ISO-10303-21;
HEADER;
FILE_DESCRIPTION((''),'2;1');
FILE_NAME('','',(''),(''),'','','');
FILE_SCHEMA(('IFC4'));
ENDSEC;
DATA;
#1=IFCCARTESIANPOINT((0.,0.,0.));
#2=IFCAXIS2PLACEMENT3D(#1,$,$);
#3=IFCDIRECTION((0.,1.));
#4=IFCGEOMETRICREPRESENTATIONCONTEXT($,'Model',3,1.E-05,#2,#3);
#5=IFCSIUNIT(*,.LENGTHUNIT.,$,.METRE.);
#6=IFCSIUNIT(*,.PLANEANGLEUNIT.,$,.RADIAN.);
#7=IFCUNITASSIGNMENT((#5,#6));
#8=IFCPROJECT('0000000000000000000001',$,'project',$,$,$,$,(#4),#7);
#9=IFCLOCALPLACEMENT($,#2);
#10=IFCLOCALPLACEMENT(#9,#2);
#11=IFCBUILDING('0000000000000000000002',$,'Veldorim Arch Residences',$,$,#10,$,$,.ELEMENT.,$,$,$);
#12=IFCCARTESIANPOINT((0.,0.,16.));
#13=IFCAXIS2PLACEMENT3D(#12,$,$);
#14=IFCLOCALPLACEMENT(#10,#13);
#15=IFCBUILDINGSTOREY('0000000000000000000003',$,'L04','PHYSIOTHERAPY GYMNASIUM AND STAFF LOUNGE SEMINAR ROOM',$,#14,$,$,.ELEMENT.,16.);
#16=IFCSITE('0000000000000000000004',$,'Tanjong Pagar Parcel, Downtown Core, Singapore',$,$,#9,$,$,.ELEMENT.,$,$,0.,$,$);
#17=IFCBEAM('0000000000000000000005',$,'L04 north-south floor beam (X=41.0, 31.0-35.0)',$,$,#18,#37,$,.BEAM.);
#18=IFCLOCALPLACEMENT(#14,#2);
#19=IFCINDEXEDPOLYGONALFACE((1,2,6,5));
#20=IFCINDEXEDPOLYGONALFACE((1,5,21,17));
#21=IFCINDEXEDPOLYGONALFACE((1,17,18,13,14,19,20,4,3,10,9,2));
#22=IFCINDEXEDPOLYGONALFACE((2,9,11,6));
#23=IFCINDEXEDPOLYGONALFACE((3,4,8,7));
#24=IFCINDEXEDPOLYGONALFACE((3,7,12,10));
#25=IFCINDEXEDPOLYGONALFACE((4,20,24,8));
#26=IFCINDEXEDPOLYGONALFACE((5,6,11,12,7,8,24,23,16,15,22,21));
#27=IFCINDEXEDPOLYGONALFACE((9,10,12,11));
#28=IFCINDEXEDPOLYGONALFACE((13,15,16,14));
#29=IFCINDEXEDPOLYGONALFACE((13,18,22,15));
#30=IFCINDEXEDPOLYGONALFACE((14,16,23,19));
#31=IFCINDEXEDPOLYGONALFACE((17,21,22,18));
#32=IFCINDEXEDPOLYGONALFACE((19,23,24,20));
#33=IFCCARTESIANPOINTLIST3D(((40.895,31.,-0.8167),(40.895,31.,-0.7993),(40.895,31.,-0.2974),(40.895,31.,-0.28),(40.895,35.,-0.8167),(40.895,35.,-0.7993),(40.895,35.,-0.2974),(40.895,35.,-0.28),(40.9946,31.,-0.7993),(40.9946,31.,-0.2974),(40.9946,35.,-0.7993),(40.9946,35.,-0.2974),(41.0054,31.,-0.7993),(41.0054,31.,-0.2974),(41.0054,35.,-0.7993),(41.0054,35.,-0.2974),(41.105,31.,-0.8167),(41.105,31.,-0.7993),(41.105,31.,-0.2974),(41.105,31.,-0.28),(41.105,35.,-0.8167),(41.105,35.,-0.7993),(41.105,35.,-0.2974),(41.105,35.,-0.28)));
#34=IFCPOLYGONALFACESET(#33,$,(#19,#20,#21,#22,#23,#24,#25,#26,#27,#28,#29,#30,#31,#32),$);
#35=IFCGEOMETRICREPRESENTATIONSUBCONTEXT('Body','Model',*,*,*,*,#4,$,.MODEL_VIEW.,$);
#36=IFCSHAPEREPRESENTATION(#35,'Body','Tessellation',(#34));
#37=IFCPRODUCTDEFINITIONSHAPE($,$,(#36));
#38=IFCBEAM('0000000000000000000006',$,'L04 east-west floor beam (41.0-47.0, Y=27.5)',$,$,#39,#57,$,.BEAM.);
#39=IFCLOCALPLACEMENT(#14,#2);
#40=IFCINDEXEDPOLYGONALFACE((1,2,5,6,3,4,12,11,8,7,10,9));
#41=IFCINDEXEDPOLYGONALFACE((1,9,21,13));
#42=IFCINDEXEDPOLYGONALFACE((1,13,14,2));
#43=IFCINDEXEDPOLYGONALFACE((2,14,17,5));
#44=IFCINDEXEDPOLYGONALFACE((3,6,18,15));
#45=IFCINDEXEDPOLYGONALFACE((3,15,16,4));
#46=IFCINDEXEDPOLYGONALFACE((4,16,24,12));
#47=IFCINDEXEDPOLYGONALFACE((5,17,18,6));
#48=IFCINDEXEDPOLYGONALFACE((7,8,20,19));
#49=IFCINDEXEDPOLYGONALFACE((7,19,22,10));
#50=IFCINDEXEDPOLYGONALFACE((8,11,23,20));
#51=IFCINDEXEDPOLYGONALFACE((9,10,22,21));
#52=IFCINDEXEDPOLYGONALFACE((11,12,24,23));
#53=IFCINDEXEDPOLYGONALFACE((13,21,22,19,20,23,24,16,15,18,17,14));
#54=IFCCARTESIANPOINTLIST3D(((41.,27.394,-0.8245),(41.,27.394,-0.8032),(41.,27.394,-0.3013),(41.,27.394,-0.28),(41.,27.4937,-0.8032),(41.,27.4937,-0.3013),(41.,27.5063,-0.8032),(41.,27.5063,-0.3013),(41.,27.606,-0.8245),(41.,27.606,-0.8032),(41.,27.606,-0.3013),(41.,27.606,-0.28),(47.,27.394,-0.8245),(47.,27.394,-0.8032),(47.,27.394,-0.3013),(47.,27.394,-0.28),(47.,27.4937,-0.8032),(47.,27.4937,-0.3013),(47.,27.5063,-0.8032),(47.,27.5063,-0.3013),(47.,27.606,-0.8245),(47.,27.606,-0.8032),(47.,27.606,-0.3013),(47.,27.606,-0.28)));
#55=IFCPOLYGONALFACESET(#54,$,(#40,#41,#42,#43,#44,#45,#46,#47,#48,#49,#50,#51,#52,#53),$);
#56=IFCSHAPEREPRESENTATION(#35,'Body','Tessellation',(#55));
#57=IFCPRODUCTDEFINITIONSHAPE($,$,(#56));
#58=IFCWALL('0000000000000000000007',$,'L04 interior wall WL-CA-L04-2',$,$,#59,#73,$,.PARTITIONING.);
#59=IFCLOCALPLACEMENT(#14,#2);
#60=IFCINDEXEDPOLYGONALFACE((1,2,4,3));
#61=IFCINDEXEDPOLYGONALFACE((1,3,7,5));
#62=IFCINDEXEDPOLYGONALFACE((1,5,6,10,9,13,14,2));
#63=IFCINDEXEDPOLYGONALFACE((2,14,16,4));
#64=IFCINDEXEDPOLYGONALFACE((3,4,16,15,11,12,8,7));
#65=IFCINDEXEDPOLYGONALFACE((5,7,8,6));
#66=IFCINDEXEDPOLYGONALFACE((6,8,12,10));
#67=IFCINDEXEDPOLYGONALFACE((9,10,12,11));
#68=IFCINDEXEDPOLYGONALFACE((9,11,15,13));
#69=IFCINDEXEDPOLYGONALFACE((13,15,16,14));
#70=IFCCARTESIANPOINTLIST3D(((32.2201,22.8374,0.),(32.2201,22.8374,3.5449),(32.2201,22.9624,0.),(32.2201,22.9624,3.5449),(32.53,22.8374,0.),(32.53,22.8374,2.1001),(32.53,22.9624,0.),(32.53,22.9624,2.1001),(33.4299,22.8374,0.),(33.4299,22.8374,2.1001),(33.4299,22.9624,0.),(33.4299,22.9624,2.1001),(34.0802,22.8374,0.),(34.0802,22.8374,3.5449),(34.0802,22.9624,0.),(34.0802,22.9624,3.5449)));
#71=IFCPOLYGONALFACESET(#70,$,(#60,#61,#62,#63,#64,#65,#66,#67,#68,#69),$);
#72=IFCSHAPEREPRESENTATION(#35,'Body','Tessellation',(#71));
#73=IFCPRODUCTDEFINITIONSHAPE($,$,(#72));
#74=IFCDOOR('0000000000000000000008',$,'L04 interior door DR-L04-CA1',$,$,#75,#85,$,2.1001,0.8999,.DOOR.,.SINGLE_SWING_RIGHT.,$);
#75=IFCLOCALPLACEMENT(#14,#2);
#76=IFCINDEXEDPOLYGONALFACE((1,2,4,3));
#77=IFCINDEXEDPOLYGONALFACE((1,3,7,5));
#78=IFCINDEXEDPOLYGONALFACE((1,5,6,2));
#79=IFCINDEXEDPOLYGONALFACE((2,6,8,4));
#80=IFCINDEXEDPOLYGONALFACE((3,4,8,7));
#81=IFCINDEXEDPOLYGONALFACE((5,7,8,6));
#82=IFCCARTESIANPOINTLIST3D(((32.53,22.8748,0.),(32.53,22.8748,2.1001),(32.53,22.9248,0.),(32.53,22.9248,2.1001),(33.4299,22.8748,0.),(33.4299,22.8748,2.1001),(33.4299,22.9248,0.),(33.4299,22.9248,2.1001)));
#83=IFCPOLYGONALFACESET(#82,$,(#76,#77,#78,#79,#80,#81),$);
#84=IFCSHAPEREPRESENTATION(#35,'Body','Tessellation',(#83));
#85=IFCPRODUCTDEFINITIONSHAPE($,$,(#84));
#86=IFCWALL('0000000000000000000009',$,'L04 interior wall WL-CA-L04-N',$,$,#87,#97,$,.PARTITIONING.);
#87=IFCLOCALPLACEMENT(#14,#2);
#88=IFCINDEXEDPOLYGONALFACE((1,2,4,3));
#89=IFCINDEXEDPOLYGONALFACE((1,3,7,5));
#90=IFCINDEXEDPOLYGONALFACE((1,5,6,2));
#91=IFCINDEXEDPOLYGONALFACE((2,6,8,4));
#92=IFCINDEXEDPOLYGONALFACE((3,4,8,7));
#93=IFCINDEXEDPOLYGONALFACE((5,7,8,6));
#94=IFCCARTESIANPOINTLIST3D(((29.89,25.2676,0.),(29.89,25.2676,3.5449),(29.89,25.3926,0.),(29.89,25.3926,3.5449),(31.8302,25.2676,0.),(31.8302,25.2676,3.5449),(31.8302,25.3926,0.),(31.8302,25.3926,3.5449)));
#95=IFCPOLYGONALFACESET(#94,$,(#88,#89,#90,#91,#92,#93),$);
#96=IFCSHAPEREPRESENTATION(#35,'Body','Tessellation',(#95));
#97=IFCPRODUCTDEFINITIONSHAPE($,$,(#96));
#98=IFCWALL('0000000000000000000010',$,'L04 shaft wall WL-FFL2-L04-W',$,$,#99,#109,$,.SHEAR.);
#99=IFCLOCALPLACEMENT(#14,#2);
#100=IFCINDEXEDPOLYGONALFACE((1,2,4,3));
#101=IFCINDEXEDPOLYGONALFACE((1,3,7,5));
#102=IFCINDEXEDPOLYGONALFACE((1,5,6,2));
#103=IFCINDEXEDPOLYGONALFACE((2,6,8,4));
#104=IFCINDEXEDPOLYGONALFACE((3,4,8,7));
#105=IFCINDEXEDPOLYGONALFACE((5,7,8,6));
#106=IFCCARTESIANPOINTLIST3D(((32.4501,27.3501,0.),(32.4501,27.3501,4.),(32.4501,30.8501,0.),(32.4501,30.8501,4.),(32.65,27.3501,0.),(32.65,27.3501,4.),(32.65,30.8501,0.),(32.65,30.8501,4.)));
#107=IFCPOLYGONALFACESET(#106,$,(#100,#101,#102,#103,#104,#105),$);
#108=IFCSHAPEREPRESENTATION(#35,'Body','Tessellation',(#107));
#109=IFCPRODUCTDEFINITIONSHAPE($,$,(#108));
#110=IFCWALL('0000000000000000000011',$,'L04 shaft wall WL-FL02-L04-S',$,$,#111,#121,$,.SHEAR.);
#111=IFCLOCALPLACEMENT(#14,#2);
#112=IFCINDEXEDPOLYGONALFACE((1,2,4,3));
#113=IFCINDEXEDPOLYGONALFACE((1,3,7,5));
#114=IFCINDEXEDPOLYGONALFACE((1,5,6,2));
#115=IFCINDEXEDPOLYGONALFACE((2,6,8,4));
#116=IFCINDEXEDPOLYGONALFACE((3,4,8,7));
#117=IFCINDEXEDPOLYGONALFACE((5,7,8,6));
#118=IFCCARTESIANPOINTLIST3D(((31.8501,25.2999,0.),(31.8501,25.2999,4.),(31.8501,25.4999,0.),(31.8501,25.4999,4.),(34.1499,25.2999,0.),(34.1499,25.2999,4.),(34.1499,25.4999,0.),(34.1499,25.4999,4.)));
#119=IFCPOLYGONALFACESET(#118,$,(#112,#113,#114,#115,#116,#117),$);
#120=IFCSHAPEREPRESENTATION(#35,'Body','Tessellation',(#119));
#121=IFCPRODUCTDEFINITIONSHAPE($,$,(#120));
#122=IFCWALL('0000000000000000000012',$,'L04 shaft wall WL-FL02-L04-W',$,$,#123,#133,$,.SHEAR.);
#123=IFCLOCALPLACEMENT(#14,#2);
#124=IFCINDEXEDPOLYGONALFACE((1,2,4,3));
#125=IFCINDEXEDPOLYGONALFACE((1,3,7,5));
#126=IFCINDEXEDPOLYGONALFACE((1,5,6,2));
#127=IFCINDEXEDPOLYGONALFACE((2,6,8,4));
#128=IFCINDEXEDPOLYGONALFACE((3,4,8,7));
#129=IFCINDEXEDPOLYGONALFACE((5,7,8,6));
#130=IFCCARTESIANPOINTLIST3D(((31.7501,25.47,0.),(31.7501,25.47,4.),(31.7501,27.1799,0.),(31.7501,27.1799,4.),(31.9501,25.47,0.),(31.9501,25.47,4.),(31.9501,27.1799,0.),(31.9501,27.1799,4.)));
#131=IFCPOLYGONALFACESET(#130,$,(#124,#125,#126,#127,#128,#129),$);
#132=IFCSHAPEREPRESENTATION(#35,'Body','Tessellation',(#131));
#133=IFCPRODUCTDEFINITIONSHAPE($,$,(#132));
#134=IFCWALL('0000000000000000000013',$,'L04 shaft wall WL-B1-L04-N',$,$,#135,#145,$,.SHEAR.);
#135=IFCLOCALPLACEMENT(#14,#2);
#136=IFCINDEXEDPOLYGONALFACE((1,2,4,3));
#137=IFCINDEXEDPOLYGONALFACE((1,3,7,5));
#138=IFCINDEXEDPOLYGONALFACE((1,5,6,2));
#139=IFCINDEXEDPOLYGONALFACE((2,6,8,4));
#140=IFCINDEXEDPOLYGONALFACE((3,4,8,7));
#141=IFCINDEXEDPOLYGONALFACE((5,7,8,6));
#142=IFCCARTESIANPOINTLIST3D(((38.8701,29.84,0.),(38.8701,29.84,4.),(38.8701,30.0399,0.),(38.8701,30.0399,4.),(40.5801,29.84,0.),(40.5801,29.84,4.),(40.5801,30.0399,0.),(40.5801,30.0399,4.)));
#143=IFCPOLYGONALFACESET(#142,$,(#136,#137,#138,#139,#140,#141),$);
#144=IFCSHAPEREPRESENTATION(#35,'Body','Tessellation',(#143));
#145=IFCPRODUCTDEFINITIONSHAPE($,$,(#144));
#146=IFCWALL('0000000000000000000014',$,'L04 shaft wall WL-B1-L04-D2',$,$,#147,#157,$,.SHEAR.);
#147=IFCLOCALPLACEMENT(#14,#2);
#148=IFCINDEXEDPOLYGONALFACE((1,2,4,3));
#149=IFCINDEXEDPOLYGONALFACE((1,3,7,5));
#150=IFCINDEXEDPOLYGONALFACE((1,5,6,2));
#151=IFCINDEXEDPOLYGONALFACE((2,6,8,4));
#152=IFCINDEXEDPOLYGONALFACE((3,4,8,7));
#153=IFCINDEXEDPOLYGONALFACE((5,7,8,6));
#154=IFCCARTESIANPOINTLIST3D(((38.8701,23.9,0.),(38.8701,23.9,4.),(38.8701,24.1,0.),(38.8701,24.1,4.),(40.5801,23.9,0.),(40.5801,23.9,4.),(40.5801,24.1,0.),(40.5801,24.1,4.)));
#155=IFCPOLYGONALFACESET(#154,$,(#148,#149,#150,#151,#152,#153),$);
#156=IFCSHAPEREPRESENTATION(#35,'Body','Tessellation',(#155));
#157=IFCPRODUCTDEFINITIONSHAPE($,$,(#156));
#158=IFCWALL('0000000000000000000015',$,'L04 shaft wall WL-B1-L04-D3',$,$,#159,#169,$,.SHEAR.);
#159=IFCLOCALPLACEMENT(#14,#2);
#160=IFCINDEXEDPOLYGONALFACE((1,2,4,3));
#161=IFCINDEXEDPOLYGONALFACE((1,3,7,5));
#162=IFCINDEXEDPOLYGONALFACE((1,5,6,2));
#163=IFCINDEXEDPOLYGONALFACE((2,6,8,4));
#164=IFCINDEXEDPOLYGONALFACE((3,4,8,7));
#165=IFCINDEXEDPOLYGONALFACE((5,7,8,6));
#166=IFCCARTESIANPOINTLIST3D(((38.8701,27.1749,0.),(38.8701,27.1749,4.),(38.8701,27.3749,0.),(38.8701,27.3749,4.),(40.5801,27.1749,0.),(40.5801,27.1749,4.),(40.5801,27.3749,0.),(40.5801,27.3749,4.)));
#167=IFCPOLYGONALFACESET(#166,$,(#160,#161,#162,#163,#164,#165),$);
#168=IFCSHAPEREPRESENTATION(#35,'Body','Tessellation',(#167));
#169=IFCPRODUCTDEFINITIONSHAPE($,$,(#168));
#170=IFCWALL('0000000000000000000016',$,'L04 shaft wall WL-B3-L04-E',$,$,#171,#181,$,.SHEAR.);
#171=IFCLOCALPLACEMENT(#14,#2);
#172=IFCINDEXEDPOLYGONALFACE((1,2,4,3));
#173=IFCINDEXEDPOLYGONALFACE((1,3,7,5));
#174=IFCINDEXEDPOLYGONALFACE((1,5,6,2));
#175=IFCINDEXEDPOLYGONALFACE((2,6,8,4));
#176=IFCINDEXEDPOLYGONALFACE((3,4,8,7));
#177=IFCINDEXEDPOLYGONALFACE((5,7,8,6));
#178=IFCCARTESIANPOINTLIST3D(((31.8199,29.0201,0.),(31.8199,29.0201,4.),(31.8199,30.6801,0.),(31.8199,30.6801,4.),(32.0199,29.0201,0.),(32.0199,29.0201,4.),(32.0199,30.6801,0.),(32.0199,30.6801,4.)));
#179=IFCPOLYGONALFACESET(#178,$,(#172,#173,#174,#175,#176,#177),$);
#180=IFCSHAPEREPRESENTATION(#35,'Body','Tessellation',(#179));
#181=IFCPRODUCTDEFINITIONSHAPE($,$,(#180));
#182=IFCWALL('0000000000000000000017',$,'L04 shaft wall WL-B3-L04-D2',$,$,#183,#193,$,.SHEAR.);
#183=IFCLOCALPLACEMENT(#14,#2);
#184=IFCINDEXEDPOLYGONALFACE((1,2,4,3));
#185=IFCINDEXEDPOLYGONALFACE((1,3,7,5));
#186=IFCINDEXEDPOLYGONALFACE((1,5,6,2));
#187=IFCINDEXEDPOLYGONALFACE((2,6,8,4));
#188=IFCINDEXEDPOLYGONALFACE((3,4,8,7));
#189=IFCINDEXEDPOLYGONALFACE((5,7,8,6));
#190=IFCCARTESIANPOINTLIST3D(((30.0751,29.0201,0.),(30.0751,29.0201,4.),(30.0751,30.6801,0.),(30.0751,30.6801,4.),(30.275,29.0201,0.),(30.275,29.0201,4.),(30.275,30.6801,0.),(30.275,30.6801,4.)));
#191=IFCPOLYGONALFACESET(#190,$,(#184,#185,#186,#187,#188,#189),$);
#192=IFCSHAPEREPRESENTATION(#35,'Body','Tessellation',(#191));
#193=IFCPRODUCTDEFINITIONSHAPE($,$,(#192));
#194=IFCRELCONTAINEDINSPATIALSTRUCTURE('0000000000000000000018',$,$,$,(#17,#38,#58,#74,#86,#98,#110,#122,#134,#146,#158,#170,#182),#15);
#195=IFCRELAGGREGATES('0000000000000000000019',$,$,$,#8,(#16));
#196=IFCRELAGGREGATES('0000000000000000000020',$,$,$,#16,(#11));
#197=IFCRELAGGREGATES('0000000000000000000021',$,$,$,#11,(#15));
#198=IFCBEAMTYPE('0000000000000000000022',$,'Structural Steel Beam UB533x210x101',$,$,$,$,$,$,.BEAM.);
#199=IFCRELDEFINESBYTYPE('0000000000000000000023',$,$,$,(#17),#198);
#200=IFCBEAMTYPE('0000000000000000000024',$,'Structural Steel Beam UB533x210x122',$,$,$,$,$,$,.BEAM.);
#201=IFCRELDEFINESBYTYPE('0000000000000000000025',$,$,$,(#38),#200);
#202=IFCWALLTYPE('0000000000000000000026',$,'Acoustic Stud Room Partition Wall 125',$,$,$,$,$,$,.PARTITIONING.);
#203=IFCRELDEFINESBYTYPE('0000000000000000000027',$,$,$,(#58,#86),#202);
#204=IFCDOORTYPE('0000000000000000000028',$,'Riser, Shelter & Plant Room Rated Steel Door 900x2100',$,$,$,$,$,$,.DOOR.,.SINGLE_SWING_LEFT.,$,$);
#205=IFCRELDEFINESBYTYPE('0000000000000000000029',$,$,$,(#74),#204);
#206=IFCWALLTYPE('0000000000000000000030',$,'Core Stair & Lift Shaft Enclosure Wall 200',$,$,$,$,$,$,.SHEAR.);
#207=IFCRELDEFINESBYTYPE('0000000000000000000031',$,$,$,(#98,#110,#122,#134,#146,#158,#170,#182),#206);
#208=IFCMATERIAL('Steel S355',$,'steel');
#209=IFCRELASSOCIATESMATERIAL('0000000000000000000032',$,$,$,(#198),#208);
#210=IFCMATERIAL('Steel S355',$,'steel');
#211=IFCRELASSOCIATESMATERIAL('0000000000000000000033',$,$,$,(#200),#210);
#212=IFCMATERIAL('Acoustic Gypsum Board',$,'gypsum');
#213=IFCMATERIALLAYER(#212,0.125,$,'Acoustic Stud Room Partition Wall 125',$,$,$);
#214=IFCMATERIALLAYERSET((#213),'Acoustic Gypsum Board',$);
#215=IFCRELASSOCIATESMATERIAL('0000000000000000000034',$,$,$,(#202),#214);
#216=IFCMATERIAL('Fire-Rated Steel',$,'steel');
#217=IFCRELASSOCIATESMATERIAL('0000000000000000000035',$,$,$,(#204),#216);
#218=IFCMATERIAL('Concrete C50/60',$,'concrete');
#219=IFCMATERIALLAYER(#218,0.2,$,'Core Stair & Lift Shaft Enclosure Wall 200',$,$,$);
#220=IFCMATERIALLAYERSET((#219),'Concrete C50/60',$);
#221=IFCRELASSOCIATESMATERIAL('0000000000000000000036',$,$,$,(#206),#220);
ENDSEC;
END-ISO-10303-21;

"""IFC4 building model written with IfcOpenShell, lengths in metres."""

from ifc_helpers import new_model, si_unit, direction, frame, frame_2d, origin, origin_2d, place, context, subcontext, project, spatial, rectangle, i_section, extrude, material, layer, layer_set, material_profile, profile_set, type_object, element, fill, save


model = new_model("IFC4")

# Units and contexts
model_context = context("Model", 3, precision=1e-05, world=origin(), true_north=direction((0.0, 1.0)))
body_context = subcontext(model_context, "Body", "Model", "MODEL_VIEW")
ifc_project = project(units=[si_unit("LENGTHUNIT", "METRE"), si_unit("PLANEANGLEUNIT", "RADIAN")], contexts=[model_context])

# Site, building, storey
site_placement = place(None, origin())
site = spatial("IfcSite", under=ifc_project, at=site_placement, Name="Tanjong Pagar Parcel, Downtown Core, Singapore", CompositionType="ELEMENT", RefElevation=0.0)
building_placement = place(site_placement, origin())
building = spatial("IfcBuilding", under=site, at=building_placement, Name="Veldorim Arch Residences", CompositionType="ELEMENT")
storey_placement = place(building_placement, frame((0.0, 0.0, 16.0)))
storey = spatial("IfcBuildingStorey", under=building, at=storey_placement, Name="L04", Description="PHYSIOTHERAPY GYMNASIUM AND STAFF LOUNGE SEMINAR ROOM", CompositionType="ELEMENT", Elevation=16.0)

# Beams
ifc_material_1 = material(Name="Steel S355", Category="steel")
ifc_material_profile_1 = material_profile(ifc_material_1, i_section(OverallWidth=0.21, OverallDepth=0.5366, WebThickness=0.0107, FlangeThickness=0.0173, at=origin_2d()), Name="UB533x210x101")
ifc_profile_set_1 = profile_set([ifc_material_profile_1], Name="Steel S355")
beam_type_1 = type_object("IfcBeamType", Name="Structural Steel Beam UB533x210x101", PredefinedType="BEAM", material=ifc_profile_set_1)
beam_1_placement = place(storey_placement, frame((41.0, 31.0, -0.5483), z_axis=(0.0, 1.0, 0.0), x_axis=(-1.0, 0.0, 0.0)))
element("IfcBeam", 1, at=beam_1_placement, inside=storey, type_object=beam_type_1, Name="L04 north-south floor beam (X=41.0, 31.0-35.0)", PredefinedType="BEAM", context=body_context, shape_type="SweptSolid", body=[
    extrude(i_section(OverallWidth=0.21, OverallDepth=0.5366, WebThickness=0.0107, FlangeThickness=0.0173, at=origin_2d()), origin(), (0.0, 0.0, 1.0), 4.0),
])
ifc_material_2 = material(Name="Steel S355", Category="steel")
ifc_material_profile_2 = material_profile(ifc_material_2, i_section(OverallWidth=0.2119, OverallDepth=0.5444, WebThickness=0.0127, FlangeThickness=0.0212, at=origin_2d()), Name="UB533x210x122")
ifc_profile_set_2 = profile_set([ifc_material_profile_2], Name="Steel S355")
beam_type_2 = type_object("IfcBeamType", Name="Structural Steel Beam UB533x210x122", PredefinedType="BEAM", material=ifc_profile_set_2)
beam_2_placement = place(storey_placement, frame((41.0, 27.5, -0.5522), z_axis=(1.0, 0.0, 0.0), x_axis=(0.0, 1.0, 0.0)))
element("IfcBeam", 2, at=beam_2_placement, inside=storey, type_object=beam_type_2, Name="L04 east-west floor beam (41.0-47.0, Y=27.5)", PredefinedType="BEAM", context=body_context, shape_type="SweptSolid", body=[
    extrude(i_section(OverallWidth=0.2119, OverallDepth=0.5444, WebThickness=0.0127, FlangeThickness=0.0212, at=origin_2d()), origin(), (0.0, 0.0, 1.0), 6.0),
])

# Wall, opening, door
ifc_material_3 = material(Name="Acoustic Gypsum Board", Category="gypsum")
ifc_layer_1 = layer(ifc_material_3, 0.125, Name="Acoustic Stud Room Partition Wall 125")
ifc_layer_set_1 = layer_set([ifc_layer_1], Name="Acoustic Gypsum Board")
wall_type_1 = type_object("IfcWallType", Name="Acoustic Stud Room Partition Wall 125", PredefinedType="PARTITIONING", material=ifc_layer_set_1)
wall_1_placement = place(storey_placement, frame((32.22, 22.8999, 0.0), z_axis=(0.0, 0.0, 1.0), x_axis=(1.0, 0.0, 0.0)))
wall_1 = element("IfcWall", 3, at=wall_1_placement, inside=storey, type_object=wall_type_1, Name="L04 interior wall WL-CA-L04-2", PredefinedType="PARTITIONING", context=body_context, shape_type="SweptSolid", body=[
    extrude(rectangle(XDim=1.8601, YDim=0.125, at=frame_2d((0.9302, 0.0))), origin(), (0.0, 0.0, 1.0), 3.5449),
])
opening_1_placement = place(wall_1_placement, frame((0.3101, 0.0, 0.0)))
opening_1 = element("IfcOpeningElement", 4, at=opening_1_placement, cuts=wall_1, PredefinedType="OPENING", context=body_context, shape_type="SweptSolid", body=[
    extrude(rectangle(XDim=0.8999, YDim=2.1001, at=frame_2d((0.45, 1.05))), frame((0.0, 0.0725, 0.0), z_axis=(0.0, -1.0, 0.0), x_axis=(1.0, 0.0, 0.0)), (0.0, 0.0, 1.0), 0.145),
])
ifc_material_4 = material(Name="Fire-Rated Steel", Category="steel")
door_type_1 = type_object("IfcDoorType", Name="Riser, Shelter & Plant Room Rated Steel Door 900x2100", OperationType="SINGLE_SWING_LEFT", PredefinedType="DOOR", material=ifc_material_4)
door_1_placement = place(opening_1_placement, origin())
door_1 = element("IfcDoor", 5, at=door_1_placement, inside=storey, type_object=door_type_1, Name="L04 interior door DR-L04-CA1", OperationType="SINGLE_SWING_RIGHT", OverallHeight=2.1001, OverallWidth=0.8999, PredefinedType="DOOR", context=body_context, shape_type="SweptSolid", body=[
    extrude(rectangle(XDim=0.8999, YDim=2.1001, at=frame_2d((0.45, 1.05))), frame((0.0, 0.0249, 0.0), z_axis=(0.0, -1.0, 0.0), x_axis=(1.0, 0.0, 0.0)), (0.0, 0.0, 1.0), 0.05),
])
fill(opening_1, door_1)

# Wall
wall_2_placement = place(storey_placement, frame((29.8899, 25.3301, 0.0), z_axis=(0.0, 0.0, 1.0), x_axis=(1.0, 0.0, 0.0)))
element("IfcWall", 6, at=wall_2_placement, inside=storey, type_object=wall_type_1, Name="L04 interior wall WL-CA-L04-N", PredefinedType="PARTITIONING", context=body_context, shape_type="SweptSolid", body=[
    extrude(rectangle(XDim=1.9402, YDim=0.125, at=frame_2d((0.9702, 0.0))), origin(), (0.0, 0.0, 1.0), 3.5449),
])

# Shared definitions
ifc_material_5 = material(Name="Concrete C50/60", Category="concrete")
ifc_layer_2 = layer(ifc_material_5, 0.2, Name="Core Stair & Lift Shaft Enclosure Wall 200")
ifc_layer_set_2 = layer_set([ifc_layer_2], Name="Concrete C50/60")
wall_type_2 = type_object("IfcWallType", Name="Core Stair & Lift Shaft Enclosure Wall 200", PredefinedType="SHEAR", material=ifc_layer_set_2)

# Wall
wall_3_placement = place(storey_placement, frame((32.55, 27.3501, 0.0), z_axis=(0.0, 0.0, 1.0), x_axis=(0.0, 1.0, 0.0)))
element("IfcWall", 7, at=wall_3_placement, inside=storey, type_object=wall_type_2, Name="L04 shaft wall WL-FFL2-L04-W", PredefinedType="SHEAR", context=body_context, shape_type="SweptSolid", body=[
    extrude(rectangle(XDim=3.5, YDim=0.2, at=frame_2d((1.75, 0.0))), origin(), (0.0, 0.0, 1.0), 4.0),
])

# Walls
wall_4_placement = place(storey_placement, frame((31.8501, 25.3999, 0.0), z_axis=(0.0, 0.0, 1.0), x_axis=(1.0, 0.0, 0.0)))
element("IfcWall", 8, at=wall_4_placement, inside=storey, type_object=wall_type_2, Name="L04 shaft wall WL-FL02-L04-S", PredefinedType="SHEAR", context=body_context, shape_type="SweptSolid", body=[
    extrude(rectangle(XDim=2.2998, YDim=0.2, at=frame_2d((1.1499, 0.0))), origin(), (0.0, 0.0, 1.0), 4.0),
])
for number, where, z_axis, x_axis, name in (
    (9, (31.8501, 25.47, 0.0), (0.0, 0.0, 1.0), (0.0, 1.0, 0.0), "L04 shaft wall WL-FL02-L04-W"),
    (10, (38.8701, 29.9399, 0.0), (0.0, 0.0, 1.0), (1.0, 0.0, 0.0), "L04 shaft wall WL-B1-L04-N"),
    (11, (38.8701, 24.0, 0.0), (0.0, 0.0, 1.0), (1.0, 0.0, 0.0), "L04 shaft wall WL-B1-L04-D2"),
    (12, (38.8701, 27.2749, 0.0), (0.0, 0.0, 1.0), (1.0, 0.0, 0.0), "L04 shaft wall WL-B1-L04-D3"),
):
    element("IfcWall", number, at=place(storey_placement, frame(where, z_axis=z_axis, x_axis=x_axis)), inside=storey, type_object=wall_type_2, Name=name, PredefinedType="SHEAR", context=body_context, shape_type="SweptSolid", body=[
        extrude(rectangle(XDim=1.71, YDim=0.2, at=frame_2d((0.855, 0.0))), origin(), (0.0, 0.0, 1.0), 4.0),
    ])
for number, where, z_axis, x_axis, name in (
    (13, (31.9199, 29.02, 0.0), (0.0, 0.0, 1.0), (0.0, 1.0, 0.0), "L04 shaft wall WL-B3-L04-E"),
    (14, (30.175, 29.02, 0.0), (0.0, 0.0, 1.0), (0.0, 1.0, 0.0), "L04 shaft wall WL-B3-L04-D2"),
):
    element("IfcWall", number, at=place(storey_placement, frame(where, z_axis=z_axis, x_axis=x_axis)), inside=storey, type_object=wall_type_2, Name=name, PredefinedType="SHEAR", context=body_context, shape_type="SweptSolid", body=[
        extrude(rectangle(XDim=1.6599, YDim=0.2, at=frame_2d((0.8301, 0.0))), origin(), (0.0, 0.0, 1.0), 4.0),
    ])

save(model, "model.ifc")
